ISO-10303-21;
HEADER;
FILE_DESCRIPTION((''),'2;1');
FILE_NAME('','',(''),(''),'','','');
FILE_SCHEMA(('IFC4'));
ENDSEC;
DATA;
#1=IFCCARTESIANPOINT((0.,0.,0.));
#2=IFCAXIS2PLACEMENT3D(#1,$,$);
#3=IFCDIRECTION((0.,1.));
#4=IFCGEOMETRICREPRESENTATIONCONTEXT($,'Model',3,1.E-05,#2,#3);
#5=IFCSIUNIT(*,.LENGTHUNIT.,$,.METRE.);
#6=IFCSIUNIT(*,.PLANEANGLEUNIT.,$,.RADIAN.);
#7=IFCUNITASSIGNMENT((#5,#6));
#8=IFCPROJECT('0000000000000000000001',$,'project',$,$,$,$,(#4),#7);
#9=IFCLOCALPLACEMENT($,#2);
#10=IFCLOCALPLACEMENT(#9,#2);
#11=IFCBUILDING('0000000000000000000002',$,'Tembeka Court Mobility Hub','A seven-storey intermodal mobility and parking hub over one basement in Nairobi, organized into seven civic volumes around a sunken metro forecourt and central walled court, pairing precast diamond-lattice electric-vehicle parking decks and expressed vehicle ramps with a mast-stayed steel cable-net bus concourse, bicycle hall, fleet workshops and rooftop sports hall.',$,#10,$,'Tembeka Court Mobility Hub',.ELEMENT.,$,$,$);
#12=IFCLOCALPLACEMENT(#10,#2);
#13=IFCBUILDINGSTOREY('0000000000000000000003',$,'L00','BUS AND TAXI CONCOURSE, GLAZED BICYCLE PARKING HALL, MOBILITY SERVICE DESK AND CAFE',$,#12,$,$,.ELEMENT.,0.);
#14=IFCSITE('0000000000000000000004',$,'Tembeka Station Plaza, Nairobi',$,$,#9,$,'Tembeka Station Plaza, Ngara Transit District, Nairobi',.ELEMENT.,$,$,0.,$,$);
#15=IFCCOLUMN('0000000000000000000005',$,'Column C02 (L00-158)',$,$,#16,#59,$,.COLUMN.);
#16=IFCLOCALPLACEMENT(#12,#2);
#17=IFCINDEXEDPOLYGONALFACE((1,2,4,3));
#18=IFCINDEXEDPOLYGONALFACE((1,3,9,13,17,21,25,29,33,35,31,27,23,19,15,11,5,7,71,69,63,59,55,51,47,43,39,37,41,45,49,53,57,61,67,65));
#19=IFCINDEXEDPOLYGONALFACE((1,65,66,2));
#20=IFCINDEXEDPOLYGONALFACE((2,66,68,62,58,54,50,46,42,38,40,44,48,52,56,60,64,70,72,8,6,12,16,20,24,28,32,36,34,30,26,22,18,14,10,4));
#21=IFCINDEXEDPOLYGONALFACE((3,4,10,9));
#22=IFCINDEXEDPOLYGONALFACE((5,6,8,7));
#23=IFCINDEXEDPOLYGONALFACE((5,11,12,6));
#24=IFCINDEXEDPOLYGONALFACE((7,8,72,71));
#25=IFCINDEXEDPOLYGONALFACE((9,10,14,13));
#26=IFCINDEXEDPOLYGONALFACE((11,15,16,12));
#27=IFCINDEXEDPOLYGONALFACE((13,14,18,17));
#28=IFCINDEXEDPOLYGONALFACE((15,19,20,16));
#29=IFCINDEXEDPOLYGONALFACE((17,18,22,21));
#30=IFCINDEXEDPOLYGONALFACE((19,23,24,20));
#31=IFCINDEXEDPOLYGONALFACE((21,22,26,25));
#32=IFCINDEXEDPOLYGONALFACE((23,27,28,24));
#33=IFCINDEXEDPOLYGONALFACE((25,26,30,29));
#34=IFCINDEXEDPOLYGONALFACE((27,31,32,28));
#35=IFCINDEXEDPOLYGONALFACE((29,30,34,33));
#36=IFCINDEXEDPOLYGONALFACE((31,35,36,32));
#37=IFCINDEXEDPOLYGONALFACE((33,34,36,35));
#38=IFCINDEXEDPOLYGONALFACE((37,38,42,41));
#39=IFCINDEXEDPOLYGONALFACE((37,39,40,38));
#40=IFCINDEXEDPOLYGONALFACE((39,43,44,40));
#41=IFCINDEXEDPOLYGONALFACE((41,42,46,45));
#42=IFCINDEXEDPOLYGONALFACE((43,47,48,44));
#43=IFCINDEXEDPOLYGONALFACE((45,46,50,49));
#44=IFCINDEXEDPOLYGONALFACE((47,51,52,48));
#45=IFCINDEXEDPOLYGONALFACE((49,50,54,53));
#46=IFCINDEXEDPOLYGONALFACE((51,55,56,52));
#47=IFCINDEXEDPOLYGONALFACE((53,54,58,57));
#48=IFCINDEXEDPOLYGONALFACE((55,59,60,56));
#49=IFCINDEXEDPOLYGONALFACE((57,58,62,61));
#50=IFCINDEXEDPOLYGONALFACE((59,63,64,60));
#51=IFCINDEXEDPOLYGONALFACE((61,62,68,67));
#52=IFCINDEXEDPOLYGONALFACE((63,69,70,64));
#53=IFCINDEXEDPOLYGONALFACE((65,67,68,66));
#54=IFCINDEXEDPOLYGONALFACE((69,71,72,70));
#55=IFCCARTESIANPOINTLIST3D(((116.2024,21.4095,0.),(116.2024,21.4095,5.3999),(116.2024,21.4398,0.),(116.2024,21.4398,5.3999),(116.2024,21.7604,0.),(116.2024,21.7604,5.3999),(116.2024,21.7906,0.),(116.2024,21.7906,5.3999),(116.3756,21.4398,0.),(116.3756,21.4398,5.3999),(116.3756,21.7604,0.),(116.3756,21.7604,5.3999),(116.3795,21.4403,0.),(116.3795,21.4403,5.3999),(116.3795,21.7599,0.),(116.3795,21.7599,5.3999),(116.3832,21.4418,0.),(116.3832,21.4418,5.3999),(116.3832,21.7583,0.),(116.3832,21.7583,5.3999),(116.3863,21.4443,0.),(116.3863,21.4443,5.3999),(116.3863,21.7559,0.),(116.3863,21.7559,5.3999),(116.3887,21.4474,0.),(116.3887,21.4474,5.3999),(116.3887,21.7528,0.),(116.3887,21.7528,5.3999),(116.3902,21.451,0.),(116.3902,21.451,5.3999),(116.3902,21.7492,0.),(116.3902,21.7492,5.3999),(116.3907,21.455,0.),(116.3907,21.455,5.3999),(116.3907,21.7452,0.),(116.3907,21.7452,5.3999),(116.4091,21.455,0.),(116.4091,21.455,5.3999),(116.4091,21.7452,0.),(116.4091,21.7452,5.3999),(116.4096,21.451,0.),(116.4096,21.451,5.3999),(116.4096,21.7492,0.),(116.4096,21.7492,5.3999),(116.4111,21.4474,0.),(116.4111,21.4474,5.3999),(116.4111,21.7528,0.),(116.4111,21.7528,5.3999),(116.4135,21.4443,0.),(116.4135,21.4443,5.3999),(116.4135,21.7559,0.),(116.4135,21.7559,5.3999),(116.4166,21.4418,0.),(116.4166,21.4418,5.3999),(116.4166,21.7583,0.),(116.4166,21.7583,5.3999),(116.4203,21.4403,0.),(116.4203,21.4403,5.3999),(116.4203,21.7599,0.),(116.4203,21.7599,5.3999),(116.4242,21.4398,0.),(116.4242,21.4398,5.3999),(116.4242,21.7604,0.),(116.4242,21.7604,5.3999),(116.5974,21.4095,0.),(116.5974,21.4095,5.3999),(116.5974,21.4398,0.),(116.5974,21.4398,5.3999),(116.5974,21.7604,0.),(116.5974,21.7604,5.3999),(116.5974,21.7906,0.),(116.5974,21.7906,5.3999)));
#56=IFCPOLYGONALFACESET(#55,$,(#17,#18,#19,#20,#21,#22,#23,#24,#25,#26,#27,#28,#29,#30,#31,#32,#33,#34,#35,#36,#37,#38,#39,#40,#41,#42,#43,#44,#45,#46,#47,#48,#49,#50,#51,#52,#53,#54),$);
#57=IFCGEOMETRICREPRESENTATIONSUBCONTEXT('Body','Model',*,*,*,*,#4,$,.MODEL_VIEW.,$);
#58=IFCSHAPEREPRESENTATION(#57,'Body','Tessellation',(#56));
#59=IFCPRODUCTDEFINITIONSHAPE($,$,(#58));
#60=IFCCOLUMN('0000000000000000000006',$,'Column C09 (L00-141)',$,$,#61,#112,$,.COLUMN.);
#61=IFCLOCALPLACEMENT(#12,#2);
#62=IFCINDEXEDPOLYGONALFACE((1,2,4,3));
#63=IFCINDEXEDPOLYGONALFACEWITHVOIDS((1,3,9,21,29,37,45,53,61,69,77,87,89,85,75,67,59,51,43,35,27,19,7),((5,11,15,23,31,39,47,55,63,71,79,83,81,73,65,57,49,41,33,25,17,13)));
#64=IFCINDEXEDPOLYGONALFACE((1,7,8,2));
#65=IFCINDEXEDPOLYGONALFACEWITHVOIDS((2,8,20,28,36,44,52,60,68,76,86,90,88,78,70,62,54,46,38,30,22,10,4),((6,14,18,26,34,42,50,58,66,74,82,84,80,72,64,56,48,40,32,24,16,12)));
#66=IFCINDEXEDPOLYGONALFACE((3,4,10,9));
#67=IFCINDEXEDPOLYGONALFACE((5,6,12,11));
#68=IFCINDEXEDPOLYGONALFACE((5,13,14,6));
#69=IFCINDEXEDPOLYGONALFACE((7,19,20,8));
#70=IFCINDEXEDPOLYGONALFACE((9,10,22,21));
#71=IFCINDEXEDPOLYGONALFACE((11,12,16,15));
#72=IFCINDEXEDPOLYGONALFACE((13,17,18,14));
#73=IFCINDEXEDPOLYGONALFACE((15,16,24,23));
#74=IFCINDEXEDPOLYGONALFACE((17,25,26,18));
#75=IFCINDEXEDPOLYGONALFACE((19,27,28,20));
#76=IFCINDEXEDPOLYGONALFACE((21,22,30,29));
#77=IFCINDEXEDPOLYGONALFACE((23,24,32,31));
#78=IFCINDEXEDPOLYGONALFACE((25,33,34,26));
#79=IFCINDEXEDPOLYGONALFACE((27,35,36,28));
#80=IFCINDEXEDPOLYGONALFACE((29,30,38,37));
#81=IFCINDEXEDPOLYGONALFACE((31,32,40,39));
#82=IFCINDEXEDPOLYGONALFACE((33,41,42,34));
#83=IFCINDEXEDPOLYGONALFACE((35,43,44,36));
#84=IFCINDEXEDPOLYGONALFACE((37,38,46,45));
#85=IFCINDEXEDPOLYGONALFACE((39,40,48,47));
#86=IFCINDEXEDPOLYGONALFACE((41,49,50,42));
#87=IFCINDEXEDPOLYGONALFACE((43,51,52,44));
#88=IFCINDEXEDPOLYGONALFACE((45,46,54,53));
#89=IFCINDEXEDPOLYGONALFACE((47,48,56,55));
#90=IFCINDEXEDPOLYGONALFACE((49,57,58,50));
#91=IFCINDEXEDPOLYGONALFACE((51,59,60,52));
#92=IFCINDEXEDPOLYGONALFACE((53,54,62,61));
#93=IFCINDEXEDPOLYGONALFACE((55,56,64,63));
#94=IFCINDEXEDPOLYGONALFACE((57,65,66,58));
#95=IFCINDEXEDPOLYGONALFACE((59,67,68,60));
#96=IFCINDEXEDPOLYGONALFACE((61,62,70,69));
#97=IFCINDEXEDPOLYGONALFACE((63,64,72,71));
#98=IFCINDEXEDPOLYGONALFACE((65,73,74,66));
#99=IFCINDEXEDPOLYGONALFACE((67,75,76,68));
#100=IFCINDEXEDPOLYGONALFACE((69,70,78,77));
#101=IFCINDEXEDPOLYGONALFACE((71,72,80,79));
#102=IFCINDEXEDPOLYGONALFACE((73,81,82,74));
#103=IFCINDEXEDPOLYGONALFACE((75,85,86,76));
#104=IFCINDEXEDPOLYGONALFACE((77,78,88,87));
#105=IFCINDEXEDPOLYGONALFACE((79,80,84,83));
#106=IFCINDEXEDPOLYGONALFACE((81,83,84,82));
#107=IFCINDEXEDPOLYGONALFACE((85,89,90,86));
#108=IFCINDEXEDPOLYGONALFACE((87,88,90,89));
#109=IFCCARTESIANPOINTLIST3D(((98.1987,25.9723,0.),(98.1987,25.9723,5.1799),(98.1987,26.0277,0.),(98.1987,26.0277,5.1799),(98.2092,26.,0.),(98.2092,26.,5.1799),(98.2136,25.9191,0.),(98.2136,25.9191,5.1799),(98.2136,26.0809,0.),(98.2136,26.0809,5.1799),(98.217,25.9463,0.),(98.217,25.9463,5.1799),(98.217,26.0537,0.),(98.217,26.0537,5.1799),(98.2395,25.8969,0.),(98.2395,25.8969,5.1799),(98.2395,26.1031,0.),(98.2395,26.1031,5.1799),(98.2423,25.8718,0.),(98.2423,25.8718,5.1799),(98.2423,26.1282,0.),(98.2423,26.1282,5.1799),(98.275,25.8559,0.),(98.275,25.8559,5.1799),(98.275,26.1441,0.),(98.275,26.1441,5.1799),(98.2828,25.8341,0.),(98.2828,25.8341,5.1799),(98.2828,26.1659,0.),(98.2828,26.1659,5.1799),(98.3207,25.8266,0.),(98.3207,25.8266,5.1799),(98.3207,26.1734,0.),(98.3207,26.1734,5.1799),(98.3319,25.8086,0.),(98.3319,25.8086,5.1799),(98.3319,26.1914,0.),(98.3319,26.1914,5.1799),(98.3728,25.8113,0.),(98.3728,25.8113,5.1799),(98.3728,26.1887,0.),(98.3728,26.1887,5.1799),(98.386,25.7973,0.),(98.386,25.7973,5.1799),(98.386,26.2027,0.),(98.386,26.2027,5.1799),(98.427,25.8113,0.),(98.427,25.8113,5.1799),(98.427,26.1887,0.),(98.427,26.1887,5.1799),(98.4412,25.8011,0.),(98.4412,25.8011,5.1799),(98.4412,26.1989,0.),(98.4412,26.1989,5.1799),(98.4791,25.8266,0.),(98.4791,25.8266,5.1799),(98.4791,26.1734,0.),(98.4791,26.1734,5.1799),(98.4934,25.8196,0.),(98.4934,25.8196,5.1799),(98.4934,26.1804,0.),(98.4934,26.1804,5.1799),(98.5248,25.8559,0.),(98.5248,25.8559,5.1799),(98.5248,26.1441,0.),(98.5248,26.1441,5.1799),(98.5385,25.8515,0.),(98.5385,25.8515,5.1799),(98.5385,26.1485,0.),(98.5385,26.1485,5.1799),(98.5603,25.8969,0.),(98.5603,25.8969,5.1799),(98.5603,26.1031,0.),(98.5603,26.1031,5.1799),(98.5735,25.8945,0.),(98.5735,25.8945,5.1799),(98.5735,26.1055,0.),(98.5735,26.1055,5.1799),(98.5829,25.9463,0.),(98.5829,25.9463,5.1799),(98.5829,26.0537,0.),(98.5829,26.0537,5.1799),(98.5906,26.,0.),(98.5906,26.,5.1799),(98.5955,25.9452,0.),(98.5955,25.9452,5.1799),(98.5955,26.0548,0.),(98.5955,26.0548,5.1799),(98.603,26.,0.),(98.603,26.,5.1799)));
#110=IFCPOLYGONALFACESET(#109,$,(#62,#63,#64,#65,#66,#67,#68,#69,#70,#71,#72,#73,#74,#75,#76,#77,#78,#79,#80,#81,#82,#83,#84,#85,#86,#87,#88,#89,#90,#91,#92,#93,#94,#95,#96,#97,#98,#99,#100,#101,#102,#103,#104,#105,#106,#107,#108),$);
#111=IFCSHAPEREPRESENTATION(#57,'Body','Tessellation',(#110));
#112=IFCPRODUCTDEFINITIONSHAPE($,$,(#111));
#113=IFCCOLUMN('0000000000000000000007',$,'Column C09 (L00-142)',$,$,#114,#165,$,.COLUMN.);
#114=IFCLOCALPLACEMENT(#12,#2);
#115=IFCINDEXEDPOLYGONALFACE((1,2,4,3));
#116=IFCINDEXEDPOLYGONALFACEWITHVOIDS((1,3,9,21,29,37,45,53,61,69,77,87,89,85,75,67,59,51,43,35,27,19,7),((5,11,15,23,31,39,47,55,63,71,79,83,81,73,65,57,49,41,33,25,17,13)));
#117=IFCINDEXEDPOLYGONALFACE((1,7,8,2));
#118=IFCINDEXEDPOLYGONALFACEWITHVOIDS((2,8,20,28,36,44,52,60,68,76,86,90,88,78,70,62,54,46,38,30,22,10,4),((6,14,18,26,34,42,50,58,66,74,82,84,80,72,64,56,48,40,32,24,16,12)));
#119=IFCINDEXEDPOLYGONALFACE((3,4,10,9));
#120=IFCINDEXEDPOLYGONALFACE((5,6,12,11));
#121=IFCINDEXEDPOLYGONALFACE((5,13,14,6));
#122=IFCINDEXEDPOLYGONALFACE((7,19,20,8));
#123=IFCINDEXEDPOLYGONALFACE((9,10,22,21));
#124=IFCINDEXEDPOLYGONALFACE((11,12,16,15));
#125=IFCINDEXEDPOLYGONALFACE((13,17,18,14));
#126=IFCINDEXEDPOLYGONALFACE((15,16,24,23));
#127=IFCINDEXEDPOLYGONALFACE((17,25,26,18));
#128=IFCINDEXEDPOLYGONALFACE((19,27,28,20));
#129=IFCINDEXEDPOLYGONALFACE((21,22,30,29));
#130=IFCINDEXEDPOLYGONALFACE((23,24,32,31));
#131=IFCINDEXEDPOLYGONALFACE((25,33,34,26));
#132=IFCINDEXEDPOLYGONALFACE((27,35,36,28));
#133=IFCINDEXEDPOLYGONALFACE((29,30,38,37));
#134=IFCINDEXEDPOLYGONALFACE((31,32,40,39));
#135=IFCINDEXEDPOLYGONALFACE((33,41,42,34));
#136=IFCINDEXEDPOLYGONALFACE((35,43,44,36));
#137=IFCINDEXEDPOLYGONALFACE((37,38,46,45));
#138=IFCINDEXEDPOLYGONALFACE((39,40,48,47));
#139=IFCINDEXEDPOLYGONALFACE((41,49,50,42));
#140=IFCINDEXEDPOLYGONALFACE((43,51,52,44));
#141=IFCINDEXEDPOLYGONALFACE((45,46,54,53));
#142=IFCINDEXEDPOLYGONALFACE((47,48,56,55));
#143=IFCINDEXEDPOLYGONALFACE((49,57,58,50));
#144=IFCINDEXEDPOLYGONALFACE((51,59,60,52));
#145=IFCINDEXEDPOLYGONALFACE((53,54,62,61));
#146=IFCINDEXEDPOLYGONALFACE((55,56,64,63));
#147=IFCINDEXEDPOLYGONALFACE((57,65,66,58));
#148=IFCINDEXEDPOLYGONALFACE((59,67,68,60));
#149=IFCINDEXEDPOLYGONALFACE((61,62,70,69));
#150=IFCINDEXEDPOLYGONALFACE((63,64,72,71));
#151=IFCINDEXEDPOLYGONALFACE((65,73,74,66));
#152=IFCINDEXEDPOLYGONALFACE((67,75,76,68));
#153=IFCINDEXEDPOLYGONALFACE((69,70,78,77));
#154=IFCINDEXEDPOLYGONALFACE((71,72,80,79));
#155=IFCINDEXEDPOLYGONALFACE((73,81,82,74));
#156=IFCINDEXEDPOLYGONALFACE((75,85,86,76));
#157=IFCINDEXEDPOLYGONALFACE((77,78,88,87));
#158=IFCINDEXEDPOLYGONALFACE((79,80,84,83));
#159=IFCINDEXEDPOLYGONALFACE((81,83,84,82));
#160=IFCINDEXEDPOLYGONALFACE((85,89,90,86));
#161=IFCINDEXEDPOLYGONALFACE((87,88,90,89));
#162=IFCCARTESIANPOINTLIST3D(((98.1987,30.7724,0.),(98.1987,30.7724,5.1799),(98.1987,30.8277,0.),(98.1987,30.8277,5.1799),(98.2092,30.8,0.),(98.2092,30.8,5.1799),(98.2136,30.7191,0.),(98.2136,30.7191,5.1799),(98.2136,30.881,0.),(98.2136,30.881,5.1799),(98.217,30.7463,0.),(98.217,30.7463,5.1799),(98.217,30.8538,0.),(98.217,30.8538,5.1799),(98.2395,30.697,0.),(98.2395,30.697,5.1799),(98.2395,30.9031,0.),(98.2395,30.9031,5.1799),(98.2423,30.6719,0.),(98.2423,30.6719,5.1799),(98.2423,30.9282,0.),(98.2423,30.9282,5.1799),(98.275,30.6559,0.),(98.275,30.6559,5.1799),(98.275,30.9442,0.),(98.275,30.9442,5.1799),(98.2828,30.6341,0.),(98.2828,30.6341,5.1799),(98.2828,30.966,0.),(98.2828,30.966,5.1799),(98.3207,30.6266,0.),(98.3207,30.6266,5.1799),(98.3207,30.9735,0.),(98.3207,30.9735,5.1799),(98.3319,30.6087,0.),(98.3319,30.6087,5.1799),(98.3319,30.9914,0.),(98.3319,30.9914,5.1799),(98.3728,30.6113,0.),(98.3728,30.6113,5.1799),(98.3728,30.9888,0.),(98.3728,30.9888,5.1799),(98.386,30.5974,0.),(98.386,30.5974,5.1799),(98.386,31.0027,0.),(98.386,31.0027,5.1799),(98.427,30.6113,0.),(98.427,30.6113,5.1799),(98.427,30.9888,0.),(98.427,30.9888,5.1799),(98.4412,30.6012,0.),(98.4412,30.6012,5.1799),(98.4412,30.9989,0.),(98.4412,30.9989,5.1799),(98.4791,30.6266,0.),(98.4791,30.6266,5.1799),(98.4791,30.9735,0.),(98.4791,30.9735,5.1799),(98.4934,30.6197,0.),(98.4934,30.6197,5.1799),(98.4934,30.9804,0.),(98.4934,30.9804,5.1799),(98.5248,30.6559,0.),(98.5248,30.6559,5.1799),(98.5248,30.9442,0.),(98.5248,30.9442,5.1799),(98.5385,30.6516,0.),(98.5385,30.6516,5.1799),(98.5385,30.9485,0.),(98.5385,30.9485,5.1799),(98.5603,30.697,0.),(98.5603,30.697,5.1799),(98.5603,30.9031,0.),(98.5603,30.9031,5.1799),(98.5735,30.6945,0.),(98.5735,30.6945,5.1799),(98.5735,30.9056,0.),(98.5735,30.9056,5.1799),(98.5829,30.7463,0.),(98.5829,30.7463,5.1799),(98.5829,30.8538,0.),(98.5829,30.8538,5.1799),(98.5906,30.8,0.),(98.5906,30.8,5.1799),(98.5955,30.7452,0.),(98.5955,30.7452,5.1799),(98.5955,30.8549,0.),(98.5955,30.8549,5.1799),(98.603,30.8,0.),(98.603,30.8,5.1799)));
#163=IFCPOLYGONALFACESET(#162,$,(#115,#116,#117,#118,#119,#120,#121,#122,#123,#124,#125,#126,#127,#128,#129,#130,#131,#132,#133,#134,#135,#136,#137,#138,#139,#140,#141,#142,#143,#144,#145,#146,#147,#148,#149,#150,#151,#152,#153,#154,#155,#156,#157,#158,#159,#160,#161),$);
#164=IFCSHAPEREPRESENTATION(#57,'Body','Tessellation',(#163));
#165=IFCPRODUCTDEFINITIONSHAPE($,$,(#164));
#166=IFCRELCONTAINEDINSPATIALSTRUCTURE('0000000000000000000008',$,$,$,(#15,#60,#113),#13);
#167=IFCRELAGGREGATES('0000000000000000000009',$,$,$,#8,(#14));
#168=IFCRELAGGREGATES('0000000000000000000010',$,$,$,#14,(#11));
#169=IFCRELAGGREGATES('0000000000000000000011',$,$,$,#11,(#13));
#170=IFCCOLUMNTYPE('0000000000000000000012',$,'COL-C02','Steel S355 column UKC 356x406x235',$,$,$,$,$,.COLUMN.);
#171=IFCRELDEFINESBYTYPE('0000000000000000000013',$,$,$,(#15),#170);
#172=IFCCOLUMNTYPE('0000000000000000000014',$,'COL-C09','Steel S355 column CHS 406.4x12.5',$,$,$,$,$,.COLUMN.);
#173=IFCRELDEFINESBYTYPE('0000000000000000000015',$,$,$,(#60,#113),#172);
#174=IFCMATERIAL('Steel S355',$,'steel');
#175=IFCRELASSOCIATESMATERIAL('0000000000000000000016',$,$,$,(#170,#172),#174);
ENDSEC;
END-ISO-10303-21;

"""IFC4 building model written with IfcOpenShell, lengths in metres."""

from ifc_helpers import new_model, si_unit, direction, frame, origin, origin_2d, place, context, subcontext, project, spatial, hollow_circle, i_section, extrude, material, material_profile, profile_set, type_object, element, save


model = new_model("IFC4")

# Units and contexts
model_context = context("Model", 3, precision=1e-05, world=origin(), true_north=direction((0.0, 1.0)))
body_context = subcontext(model_context, "Body", "Model", "MODEL_VIEW")
ifc_project = project(units=[si_unit("LENGTHUNIT", "METRE"), si_unit("PLANEANGLEUNIT", "RADIAN")], contexts=[model_context])

# Site, building, storey
site_placement = place(None, origin())
site = spatial("IfcSite", under=ifc_project, at=site_placement, Name="Tembeka Station Plaza, Nairobi", LongName="Tembeka Station Plaza, Ngara Transit District, Nairobi", CompositionType="ELEMENT", RefElevation=0.0)
building_placement = place(site_placement, origin())
building = spatial("IfcBuilding", under=site, at=building_placement, Name="Tembeka Court Mobility Hub", Description="A seven-storey intermodal mobility and parking hub over one basement in Nairobi, organized into seven civic volumes around a sunken metro forecourt and central walled court, pairing precast diamond-lattice electric-vehicle parking decks and expressed vehicle ramps with a mast-stayed steel cable-net bus concourse, bicycle hall, fleet workshops and rooftop sports hall.", LongName="Tembeka Court Mobility Hub", CompositionType="ELEMENT")
storey_placement = place(building_placement, origin())
storey = spatial("IfcBuildingStorey", under=building, at=storey_placement, Name="L00", Description="BUS AND TAXI CONCOURSE, GLAZED BICYCLE PARKING HALL, MOBILITY SERVICE DESK AND CAFE", CompositionType="ELEMENT", Elevation=0.0)

# Columns
ifc_material_1 = material(Name="Steel S355", Category="steel")
ifc_material_profile_1 = material_profile(ifc_material_1, i_section(OverallWidth=0.395, OverallDepth=0.3811, WebThickness=0.0183, FlangeThickness=0.0303, FilletRadius=0.0151, at=origin_2d()), Name="UKC 356x406x235")
ifc_profile_set_1 = profile_set([ifc_material_profile_1], Name="Steel S355")
column_type_1 = type_object("IfcColumnType", Name="COL-C02", Description="Steel S355 column UKC 356x406x235", PredefinedType="COLUMN", material=ifc_profile_set_1)
column_placement = place(storey_placement, frame((116.3999, 21.6001, 0.0), z_axis=(0.0, 0.0, 1.0), x_axis=(1.0, 0.0, 0.0)))
element("IfcColumn", 1, at=column_placement, inside=storey, type_object=column_type_1, Name="Column C02 (L00-158)", PredefinedType="COLUMN", context=body_context, shape_type="SweptSolid", body=[
    extrude(i_section(OverallWidth=0.395, OverallDepth=0.3811, WebThickness=0.0183, FlangeThickness=0.0303, FilletRadius=0.0151, at=origin_2d()), origin(), (0.0, 0.0, 1.0), 5.3999),
])
ifc_material_profile_2 = material_profile(ifc_material_1, hollow_circle(Radius=0.2031, WallThickness=0.0125, at=origin_2d()), Name="CHS 406.4x12.5")
ifc_profile_set_2 = profile_set([ifc_material_profile_2], Name="Steel S355")
column_type_2 = type_object("IfcColumnType", Name="COL-C09", Description="Steel S355 column CHS 406.4x12.5", PredefinedType="COLUMN", material=ifc_profile_set_2)
for number, where, z_axis, x_axis, name in (
    (2, (98.3999, 26.0, 0.0), (0.0, 0.0, 1.0), (1.0, 0.0, 0.0), "Column C09 (L00-141)"),
    (3, (98.3999, 30.8, 0.0), (0.0, 0.0, 1.0), (1.0, 0.0, 0.0), "Column C09 (L00-142)"),
):
    element("IfcColumn", number, at=place(storey_placement, frame(where, z_axis=z_axis, x_axis=x_axis)), inside=storey, type_object=column_type_2, Name=name, PredefinedType="COLUMN", context=body_context, shape_type="SweptSolid", body=[
        extrude(hollow_circle(Radius=0.2031, WallThickness=0.0125, at=origin_2d()), origin(), (0.0, 0.0, 1.0), 5.1799),
    ])

save(model, "model.ifc")
